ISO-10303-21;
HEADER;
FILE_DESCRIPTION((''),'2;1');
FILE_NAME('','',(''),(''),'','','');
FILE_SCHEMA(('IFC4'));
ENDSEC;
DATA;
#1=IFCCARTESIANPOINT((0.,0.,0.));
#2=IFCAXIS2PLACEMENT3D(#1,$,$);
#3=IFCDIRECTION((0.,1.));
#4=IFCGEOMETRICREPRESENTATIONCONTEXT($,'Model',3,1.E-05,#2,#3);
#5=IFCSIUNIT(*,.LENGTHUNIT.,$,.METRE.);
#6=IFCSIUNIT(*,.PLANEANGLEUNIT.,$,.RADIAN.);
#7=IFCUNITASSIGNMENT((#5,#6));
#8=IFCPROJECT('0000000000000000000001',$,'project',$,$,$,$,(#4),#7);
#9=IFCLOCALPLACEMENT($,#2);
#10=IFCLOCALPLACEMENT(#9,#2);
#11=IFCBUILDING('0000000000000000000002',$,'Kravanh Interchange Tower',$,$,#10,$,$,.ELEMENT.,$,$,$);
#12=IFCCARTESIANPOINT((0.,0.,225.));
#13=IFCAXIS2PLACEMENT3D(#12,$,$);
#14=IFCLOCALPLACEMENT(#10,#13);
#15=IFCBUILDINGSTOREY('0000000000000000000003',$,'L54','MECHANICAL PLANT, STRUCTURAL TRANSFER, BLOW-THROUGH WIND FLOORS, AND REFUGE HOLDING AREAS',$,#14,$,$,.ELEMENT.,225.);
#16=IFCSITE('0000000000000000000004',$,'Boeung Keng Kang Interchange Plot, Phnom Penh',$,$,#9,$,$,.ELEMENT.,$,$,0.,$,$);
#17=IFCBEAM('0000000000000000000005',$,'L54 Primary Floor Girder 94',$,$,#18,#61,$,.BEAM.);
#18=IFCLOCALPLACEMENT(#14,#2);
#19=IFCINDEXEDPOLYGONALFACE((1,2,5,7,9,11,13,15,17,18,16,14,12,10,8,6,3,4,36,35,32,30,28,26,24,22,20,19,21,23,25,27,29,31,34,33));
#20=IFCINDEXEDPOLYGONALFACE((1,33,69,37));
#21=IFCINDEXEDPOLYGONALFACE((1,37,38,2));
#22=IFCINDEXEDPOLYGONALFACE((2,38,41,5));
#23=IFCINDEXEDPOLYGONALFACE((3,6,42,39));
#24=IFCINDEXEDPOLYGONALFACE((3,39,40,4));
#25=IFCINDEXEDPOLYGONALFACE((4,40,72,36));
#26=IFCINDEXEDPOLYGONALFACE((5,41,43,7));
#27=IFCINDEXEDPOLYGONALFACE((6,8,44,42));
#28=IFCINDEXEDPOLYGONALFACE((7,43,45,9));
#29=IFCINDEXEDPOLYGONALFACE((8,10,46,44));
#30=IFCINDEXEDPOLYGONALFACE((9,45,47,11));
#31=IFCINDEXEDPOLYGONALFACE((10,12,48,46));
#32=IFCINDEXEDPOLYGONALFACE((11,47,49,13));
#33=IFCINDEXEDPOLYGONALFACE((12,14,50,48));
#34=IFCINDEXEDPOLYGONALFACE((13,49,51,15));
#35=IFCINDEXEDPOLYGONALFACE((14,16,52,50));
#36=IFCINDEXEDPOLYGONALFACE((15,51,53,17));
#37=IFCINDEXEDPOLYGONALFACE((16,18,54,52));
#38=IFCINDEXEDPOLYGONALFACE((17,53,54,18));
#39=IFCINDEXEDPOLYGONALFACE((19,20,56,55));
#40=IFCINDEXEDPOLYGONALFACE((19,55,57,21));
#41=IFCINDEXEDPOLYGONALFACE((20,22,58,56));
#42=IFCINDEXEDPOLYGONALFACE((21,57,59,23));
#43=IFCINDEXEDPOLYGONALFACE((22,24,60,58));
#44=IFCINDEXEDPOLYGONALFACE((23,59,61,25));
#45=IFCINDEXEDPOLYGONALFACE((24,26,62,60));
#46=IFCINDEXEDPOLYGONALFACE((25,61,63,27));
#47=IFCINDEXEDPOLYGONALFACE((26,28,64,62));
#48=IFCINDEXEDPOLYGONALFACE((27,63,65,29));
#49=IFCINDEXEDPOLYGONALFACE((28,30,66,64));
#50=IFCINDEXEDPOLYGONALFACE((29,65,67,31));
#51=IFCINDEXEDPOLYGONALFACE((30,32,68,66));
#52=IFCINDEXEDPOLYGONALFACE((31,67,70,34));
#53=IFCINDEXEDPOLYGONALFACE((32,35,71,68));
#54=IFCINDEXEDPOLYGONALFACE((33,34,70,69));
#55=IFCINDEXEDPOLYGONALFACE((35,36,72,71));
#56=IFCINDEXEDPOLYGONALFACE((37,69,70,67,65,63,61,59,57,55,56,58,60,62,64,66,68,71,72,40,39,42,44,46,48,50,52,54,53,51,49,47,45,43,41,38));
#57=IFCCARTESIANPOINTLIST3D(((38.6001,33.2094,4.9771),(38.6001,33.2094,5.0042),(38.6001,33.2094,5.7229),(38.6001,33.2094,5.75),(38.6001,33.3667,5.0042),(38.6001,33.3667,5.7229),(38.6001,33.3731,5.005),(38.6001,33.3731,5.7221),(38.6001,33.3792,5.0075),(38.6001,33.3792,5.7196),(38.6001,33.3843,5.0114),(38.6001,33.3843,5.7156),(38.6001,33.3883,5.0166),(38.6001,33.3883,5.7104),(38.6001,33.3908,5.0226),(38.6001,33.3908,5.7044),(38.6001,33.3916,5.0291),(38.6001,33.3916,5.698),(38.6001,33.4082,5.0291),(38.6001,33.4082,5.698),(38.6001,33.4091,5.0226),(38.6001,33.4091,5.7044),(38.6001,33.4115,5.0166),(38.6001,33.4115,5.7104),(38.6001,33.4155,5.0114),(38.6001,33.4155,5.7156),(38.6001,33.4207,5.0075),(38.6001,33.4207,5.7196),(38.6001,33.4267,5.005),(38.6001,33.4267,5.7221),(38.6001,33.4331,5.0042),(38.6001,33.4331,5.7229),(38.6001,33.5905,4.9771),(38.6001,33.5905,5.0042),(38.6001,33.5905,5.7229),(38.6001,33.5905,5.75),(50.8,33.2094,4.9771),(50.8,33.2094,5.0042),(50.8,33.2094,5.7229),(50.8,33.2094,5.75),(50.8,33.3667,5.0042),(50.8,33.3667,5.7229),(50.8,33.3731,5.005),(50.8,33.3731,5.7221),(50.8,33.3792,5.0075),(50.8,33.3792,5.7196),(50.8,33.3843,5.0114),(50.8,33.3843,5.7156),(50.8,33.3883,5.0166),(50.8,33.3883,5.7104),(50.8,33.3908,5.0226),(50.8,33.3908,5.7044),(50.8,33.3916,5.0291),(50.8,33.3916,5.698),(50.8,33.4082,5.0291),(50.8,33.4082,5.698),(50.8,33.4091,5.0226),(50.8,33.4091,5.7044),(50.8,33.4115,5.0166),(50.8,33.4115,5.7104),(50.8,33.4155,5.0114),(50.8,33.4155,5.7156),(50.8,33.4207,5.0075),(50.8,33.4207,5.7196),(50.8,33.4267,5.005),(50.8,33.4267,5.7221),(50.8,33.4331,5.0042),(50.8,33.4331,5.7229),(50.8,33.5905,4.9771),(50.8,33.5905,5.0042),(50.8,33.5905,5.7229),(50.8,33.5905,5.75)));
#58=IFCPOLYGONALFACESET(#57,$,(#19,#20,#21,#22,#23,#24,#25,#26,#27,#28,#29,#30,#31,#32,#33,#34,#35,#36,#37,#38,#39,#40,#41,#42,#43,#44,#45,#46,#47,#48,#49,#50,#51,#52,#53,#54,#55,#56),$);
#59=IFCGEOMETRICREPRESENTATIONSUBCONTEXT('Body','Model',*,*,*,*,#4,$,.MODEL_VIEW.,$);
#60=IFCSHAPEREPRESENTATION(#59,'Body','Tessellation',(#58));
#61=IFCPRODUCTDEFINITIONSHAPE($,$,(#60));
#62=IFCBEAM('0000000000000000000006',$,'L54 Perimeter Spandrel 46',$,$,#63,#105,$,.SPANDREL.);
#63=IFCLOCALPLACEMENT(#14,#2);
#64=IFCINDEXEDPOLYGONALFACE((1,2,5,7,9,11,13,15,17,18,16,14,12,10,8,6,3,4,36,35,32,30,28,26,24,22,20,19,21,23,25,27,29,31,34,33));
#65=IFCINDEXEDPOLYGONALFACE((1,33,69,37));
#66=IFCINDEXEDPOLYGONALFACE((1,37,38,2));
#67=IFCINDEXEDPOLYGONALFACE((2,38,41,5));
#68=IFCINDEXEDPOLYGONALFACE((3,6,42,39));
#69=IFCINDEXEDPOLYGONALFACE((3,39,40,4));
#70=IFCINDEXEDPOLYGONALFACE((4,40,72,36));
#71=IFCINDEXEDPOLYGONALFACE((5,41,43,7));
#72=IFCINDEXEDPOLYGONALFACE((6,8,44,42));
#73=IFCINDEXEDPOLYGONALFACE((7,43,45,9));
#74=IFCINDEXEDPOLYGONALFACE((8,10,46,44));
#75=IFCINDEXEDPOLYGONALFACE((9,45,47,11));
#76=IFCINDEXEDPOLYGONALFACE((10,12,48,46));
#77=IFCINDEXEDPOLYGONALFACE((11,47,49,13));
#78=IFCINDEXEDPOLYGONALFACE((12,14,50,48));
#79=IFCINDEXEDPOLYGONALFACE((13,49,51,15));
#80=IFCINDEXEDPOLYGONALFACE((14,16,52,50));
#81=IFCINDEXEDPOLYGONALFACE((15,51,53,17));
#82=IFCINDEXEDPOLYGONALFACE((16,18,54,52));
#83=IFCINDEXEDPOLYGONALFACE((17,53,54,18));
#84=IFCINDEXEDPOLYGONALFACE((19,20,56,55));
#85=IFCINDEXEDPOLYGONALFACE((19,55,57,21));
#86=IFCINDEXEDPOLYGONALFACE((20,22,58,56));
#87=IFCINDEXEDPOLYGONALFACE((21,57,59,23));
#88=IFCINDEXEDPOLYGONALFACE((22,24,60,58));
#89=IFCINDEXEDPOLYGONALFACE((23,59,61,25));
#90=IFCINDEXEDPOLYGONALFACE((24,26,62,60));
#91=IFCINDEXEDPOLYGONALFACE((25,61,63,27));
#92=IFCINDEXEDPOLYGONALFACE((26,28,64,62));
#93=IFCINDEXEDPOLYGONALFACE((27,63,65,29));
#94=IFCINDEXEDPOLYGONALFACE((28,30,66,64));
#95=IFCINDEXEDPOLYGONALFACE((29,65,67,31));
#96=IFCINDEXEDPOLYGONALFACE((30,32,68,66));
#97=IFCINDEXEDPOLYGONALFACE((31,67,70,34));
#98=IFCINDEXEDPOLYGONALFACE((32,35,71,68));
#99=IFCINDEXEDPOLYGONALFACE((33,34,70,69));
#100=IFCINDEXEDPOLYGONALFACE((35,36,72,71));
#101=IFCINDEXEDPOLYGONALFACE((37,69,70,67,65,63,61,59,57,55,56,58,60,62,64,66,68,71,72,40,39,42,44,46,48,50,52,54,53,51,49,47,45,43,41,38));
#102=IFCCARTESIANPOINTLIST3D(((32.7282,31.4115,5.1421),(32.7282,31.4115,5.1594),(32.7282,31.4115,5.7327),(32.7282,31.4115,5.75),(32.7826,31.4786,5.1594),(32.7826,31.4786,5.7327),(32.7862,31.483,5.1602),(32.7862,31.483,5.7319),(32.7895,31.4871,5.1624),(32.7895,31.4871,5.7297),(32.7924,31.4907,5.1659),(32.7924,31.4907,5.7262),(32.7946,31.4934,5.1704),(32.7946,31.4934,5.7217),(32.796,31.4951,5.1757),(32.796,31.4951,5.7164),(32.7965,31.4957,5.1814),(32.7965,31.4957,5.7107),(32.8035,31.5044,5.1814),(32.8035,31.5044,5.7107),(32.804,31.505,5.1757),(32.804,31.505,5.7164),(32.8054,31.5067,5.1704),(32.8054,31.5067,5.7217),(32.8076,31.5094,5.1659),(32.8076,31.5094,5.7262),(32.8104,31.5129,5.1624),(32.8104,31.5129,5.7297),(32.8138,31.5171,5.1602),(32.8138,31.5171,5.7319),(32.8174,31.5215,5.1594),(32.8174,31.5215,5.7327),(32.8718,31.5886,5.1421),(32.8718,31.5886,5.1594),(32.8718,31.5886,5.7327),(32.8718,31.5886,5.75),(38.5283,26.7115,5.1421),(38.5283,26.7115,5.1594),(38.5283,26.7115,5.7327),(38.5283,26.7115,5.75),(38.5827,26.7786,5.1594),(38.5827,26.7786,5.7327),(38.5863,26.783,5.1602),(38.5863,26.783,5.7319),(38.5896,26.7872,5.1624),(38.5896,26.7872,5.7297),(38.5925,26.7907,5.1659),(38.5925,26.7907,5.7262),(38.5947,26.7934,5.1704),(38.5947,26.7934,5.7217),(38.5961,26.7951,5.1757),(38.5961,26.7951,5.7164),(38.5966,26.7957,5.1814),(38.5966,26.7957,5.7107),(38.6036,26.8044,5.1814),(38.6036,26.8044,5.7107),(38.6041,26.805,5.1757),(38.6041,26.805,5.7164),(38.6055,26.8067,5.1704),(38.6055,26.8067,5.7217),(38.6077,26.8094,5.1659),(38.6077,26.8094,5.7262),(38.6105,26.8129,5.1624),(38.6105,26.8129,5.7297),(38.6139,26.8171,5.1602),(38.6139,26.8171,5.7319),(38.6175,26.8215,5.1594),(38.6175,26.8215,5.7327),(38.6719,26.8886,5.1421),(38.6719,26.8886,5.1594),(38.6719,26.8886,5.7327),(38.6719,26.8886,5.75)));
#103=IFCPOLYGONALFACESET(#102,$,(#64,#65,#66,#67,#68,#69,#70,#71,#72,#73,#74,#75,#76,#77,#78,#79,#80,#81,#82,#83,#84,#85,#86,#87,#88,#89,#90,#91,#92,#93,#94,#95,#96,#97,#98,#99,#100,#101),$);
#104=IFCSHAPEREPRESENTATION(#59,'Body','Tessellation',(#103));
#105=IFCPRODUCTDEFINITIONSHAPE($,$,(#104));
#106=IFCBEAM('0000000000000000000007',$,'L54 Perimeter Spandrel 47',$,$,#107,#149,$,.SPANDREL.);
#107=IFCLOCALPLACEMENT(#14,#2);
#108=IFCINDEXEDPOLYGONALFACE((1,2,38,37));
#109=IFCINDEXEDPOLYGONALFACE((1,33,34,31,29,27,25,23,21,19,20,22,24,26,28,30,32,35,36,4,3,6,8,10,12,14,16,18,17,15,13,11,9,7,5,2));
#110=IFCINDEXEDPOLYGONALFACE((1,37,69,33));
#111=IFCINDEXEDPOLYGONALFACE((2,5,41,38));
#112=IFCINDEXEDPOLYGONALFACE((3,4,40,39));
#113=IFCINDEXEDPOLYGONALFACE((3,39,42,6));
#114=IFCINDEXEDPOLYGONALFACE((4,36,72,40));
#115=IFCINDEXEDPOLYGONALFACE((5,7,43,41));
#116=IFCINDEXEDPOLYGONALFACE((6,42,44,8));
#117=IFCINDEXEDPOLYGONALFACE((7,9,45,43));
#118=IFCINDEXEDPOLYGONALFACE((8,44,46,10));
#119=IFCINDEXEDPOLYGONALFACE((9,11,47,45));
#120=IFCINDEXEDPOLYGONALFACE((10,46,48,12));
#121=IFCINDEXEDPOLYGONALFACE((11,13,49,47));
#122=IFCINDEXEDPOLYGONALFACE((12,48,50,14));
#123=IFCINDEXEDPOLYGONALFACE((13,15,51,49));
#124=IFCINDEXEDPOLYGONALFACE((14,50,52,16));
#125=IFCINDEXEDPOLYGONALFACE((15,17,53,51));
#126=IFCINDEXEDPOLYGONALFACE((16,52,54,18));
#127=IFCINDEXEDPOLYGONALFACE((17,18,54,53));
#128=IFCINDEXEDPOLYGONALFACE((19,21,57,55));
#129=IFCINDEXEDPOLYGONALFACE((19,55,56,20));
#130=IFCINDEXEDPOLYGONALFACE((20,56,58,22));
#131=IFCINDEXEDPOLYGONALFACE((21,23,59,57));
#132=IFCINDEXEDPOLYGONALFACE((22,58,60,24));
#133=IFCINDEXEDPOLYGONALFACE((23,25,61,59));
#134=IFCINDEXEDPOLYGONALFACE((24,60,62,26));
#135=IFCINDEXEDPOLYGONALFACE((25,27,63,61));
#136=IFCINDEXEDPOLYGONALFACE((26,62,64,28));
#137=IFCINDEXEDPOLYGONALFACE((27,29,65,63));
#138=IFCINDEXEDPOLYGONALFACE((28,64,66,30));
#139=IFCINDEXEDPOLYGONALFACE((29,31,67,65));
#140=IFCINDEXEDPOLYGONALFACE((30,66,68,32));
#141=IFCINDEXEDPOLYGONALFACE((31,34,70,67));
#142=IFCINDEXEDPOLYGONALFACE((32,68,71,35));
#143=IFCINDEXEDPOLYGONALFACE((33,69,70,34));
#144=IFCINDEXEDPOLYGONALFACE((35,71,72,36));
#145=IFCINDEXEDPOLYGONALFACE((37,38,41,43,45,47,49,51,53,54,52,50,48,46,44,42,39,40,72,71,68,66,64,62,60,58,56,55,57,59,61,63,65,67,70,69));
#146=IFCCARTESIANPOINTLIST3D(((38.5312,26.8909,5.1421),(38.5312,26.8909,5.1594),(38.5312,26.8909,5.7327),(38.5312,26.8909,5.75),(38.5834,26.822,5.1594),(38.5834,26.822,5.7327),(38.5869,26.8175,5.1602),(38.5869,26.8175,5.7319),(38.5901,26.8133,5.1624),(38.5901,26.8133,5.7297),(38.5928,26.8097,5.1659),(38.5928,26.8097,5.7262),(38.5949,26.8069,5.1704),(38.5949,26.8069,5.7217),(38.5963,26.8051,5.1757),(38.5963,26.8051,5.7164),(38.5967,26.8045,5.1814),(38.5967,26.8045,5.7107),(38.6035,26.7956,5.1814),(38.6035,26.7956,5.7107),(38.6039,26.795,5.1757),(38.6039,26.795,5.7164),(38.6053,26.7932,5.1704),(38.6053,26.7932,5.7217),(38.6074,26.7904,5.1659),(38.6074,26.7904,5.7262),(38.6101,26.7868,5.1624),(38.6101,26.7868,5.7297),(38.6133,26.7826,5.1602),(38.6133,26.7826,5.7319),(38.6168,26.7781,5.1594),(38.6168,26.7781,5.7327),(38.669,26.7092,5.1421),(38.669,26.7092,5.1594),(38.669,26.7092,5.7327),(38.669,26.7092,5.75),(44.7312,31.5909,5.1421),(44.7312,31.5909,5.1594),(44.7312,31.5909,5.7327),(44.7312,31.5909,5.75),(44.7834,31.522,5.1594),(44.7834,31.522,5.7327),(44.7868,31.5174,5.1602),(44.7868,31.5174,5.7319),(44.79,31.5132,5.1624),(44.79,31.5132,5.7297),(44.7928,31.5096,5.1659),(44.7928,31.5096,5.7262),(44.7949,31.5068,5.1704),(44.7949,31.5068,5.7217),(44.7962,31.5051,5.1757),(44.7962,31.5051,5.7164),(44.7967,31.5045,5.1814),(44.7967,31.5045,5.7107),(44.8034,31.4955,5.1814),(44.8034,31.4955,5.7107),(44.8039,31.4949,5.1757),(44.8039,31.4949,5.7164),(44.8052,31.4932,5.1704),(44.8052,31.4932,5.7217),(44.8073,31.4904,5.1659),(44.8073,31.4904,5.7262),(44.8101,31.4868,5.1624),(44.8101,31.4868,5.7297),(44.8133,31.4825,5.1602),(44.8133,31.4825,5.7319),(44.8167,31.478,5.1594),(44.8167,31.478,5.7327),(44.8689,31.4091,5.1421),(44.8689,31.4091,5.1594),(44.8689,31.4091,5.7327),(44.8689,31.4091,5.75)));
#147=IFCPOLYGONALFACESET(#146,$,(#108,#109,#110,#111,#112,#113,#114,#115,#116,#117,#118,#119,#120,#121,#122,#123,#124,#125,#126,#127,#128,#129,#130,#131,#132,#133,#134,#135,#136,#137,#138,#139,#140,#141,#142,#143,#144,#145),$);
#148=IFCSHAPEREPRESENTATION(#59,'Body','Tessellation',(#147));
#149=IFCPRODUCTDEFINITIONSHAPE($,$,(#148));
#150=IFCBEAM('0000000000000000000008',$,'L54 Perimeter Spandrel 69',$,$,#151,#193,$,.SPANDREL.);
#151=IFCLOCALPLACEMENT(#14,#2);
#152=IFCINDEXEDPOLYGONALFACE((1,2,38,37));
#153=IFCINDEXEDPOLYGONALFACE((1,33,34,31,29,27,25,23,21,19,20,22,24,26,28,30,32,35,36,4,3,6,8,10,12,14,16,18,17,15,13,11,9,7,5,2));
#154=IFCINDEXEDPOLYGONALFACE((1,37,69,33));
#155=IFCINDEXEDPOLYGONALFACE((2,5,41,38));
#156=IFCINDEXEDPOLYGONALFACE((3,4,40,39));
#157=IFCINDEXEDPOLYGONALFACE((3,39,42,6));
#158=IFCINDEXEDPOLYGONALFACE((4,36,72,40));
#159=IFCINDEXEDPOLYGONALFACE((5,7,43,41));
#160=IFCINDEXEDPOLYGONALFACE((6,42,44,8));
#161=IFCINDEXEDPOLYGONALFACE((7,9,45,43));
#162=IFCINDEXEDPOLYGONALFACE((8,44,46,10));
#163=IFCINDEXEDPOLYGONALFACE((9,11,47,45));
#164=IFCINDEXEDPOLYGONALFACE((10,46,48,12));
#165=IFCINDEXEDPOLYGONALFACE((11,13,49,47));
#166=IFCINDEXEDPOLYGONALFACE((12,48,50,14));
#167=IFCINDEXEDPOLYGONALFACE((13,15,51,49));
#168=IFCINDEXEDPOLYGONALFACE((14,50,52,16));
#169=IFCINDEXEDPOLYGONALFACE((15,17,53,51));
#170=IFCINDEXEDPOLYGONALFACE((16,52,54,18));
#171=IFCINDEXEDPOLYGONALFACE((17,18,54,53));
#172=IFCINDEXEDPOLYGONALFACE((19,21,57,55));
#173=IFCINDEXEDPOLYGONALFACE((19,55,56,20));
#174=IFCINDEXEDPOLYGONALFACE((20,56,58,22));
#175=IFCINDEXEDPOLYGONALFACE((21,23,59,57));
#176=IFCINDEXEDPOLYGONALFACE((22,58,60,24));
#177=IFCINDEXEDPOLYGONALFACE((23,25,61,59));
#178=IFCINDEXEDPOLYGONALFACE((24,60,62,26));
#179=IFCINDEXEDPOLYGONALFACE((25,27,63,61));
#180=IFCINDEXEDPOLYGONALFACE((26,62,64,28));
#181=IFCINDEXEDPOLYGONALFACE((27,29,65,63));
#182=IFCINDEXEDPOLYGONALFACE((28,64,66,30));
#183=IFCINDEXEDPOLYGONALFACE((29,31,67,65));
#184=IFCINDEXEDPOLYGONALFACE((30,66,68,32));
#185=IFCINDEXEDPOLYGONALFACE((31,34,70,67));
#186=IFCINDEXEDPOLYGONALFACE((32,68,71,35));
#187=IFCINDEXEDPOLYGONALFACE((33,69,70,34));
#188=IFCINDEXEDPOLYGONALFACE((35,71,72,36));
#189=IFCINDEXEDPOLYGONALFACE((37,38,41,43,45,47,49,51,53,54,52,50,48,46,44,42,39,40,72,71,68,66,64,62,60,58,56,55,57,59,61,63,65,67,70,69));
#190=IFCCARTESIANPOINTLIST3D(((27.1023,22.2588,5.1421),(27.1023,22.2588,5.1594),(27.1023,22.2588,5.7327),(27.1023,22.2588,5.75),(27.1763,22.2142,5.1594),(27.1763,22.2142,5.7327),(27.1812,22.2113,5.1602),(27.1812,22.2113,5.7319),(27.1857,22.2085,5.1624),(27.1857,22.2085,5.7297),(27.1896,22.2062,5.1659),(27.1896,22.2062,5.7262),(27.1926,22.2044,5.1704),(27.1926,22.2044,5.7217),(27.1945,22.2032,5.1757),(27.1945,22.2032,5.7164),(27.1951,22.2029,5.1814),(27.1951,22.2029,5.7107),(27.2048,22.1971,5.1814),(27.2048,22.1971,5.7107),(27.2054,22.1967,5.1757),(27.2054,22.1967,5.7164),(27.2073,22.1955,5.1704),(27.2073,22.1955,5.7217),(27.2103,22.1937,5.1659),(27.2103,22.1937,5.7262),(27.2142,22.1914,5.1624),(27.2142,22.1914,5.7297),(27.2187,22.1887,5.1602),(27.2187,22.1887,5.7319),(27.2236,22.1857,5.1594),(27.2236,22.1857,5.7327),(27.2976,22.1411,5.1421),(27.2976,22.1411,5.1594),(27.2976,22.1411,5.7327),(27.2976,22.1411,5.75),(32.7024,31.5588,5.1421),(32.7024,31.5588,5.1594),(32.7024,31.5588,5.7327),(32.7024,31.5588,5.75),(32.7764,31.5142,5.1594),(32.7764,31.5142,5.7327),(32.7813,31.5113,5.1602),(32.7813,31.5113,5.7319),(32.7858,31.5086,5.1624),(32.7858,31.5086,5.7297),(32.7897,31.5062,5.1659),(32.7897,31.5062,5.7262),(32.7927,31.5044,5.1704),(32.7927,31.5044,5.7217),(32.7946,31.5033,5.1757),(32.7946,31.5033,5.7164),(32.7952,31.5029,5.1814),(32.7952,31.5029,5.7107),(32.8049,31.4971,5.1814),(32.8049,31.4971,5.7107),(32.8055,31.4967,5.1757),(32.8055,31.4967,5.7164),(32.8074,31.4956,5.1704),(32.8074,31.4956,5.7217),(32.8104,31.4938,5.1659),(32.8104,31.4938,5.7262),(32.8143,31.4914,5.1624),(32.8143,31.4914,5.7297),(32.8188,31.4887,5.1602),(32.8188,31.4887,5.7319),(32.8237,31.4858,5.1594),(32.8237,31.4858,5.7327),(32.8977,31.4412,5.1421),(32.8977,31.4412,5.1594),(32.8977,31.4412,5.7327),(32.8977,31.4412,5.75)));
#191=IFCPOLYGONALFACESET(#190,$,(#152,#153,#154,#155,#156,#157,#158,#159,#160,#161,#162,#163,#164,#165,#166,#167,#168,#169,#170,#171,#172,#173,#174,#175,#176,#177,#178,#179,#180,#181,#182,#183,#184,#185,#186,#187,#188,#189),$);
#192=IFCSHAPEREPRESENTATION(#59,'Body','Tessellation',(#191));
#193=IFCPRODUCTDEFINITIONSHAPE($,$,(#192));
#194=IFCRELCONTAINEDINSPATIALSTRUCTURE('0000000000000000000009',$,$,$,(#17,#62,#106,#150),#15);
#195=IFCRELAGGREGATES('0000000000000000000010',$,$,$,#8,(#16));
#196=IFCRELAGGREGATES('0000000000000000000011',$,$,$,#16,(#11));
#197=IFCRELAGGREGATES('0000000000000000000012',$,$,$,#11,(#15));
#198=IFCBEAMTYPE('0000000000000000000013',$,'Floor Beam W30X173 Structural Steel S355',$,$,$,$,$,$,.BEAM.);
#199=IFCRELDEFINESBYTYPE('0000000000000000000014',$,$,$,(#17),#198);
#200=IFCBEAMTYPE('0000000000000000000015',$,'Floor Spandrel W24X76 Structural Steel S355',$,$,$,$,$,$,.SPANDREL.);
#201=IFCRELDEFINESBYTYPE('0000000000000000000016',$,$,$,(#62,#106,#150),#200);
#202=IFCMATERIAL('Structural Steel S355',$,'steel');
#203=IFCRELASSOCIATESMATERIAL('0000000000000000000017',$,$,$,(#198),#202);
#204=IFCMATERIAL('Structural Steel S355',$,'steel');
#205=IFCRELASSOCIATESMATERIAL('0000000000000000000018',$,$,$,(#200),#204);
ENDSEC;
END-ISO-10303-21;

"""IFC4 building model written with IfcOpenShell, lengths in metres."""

from ifc_helpers import new_model, si_unit, direction, frame, origin, origin_2d, place, context, subcontext, project, spatial, i_section, extrude, material, material_profile, profile_set, type_object, element, save


model = new_model("IFC4")

# Units and contexts
model_context = context("Model", 3, precision=1e-05, world=origin(), true_north=direction((0.0, 1.0)))
body_context = subcontext(model_context, "Body", "Model", "MODEL_VIEW")
ifc_project = project(units=[si_unit("LENGTHUNIT", "METRE"), si_unit("PLANEANGLEUNIT", "RADIAN")], contexts=[model_context])

# Site, building, storey
site_placement = place(None, origin())
site = spatial("IfcSite", under=ifc_project, at=site_placement, Name="Boeung Keng Kang Interchange Plot, Phnom Penh", CompositionType="ELEMENT", RefElevation=0.0)
building_placement = place(site_placement, origin())
building = spatial("IfcBuilding", under=site, at=building_placement, Name="Kravanh Interchange Tower", CompositionType="ELEMENT")
storey_placement = place(building_placement, frame((0.0, 0.0, 225.0)))
storey = spatial("IfcBuildingStorey", under=building, at=storey_placement, Name="L54", Description="MECHANICAL PLANT, STRUCTURAL TRANSFER, BLOW-THROUGH WIND FLOORS, AND REFUGE HOLDING AREAS", CompositionType="ELEMENT", Elevation=225.0)

# Beams
ifc_material_1 = material(Name="Structural Steel S355", Category="steel")
ifc_material_profile_1 = material_profile(ifc_material_1, i_section(OverallWidth=0.3811, OverallDepth=0.7729, WebThickness=0.0166, FlangeThickness=0.0271, FilletRadius=0.0249, at=origin_2d()), Name="W30X173")
ifc_profile_set_1 = profile_set([ifc_material_profile_1], Name="Structural Steel S355")
beam_type_1 = type_object("IfcBeamType", Name="Floor Beam W30X173 Structural Steel S355", PredefinedType="BEAM", material=ifc_profile_set_1)
beam_1_placement = place(storey_placement, frame((38.6001, 33.3999, 5.3635), z_axis=(1.0, 0.0, 0.0), x_axis=(0.0, 1.0, 0.0)))
element("IfcBeam", 1, at=beam_1_placement, inside=storey, type_object=beam_type_1, Name="L54 Primary Floor Girder 94", PredefinedType="BEAM", context=body_context, shape_type="SweptSolid", body=[
    extrude(i_section(OverallWidth=0.3811, OverallDepth=0.7729, WebThickness=0.0166, FlangeThickness=0.0271, FilletRadius=0.0249, at=origin_2d()), origin(), (0.0, 0.0, 1.0), 12.2),
])
ifc_material_2 = material(Name="Structural Steel S355", Category="steel")
ifc_material_profile_2 = material_profile(ifc_material_2, i_section(OverallWidth=0.228, OverallDepth=0.6079, WebThickness=0.0112, FlangeThickness=0.0173, FilletRadius=0.022, at=origin_2d()), Name="W24X76")
ifc_profile_set_2 = profile_set([ifc_material_profile_2], Name="Structural Steel S355")
beam_type_2 = type_object("IfcBeamType", Name="Floor Spandrel W24X76 Structural Steel S355", PredefinedType="SPANDREL", material=ifc_profile_set_2)
beam_2_placement = place(storey_placement, frame((38.6001, 26.8, 5.446), z_axis=(-0.776939, 0.629576, 0.0), x_axis=(-0.629576, -0.776939, 0.0)))
element("IfcBeam", 2, at=beam_2_placement, inside=storey, type_object=beam_type_2, Name="L54 Perimeter Spandrel 46", PredefinedType="SPANDREL", context=body_context, shape_type="SweptSolid", body=[
    extrude(i_section(OverallWidth=0.228, OverallDepth=0.6079, WebThickness=0.0112, FlangeThickness=0.0173, FilletRadius=0.022, at=origin_2d()), origin(), (0.0, 0.0, 1.0), 7.4653),
])
beam_3_placement = place(storey_placement, frame((38.6001, 26.8, 5.446), z_axis=(0.796905, 0.604104, 0.0), x_axis=(-0.604104, 0.796905, 0.0)))
element("IfcBeam", 3, at=beam_3_placement, inside=storey, type_object=beam_type_2, Name="L54 Perimeter Spandrel 47", PredefinedType="SPANDREL", context=body_context, shape_type="SweptSolid", body=[
    extrude(i_section(OverallWidth=0.228, OverallDepth=0.6079, WebThickness=0.0112, FlangeThickness=0.0173, FilletRadius=0.022, at=origin_2d()), origin(), (0.0, 0.0, 1.0), 7.78),
])
beam_4_placement = place(storey_placement, frame((32.8, 31.5, 5.446), z_axis=(-0.515854, -0.856676, 0.0), x_axis=(0.856676, -0.515854, 0.0)))
element("IfcBeam", 4, at=beam_4_placement, inside=storey, type_object=beam_type_2, Name="L54 Perimeter Spandrel 69", PredefinedType="SPANDREL", context=body_context, shape_type="SweptSolid", body=[
    extrude(i_section(OverallWidth=0.228, OverallDepth=0.6079, WebThickness=0.0112, FlangeThickness=0.0173, FilletRadius=0.022, at=origin_2d()), origin(), (0.0, 0.0, 1.0), 10.856),
])

save(model, "model.ifc")
